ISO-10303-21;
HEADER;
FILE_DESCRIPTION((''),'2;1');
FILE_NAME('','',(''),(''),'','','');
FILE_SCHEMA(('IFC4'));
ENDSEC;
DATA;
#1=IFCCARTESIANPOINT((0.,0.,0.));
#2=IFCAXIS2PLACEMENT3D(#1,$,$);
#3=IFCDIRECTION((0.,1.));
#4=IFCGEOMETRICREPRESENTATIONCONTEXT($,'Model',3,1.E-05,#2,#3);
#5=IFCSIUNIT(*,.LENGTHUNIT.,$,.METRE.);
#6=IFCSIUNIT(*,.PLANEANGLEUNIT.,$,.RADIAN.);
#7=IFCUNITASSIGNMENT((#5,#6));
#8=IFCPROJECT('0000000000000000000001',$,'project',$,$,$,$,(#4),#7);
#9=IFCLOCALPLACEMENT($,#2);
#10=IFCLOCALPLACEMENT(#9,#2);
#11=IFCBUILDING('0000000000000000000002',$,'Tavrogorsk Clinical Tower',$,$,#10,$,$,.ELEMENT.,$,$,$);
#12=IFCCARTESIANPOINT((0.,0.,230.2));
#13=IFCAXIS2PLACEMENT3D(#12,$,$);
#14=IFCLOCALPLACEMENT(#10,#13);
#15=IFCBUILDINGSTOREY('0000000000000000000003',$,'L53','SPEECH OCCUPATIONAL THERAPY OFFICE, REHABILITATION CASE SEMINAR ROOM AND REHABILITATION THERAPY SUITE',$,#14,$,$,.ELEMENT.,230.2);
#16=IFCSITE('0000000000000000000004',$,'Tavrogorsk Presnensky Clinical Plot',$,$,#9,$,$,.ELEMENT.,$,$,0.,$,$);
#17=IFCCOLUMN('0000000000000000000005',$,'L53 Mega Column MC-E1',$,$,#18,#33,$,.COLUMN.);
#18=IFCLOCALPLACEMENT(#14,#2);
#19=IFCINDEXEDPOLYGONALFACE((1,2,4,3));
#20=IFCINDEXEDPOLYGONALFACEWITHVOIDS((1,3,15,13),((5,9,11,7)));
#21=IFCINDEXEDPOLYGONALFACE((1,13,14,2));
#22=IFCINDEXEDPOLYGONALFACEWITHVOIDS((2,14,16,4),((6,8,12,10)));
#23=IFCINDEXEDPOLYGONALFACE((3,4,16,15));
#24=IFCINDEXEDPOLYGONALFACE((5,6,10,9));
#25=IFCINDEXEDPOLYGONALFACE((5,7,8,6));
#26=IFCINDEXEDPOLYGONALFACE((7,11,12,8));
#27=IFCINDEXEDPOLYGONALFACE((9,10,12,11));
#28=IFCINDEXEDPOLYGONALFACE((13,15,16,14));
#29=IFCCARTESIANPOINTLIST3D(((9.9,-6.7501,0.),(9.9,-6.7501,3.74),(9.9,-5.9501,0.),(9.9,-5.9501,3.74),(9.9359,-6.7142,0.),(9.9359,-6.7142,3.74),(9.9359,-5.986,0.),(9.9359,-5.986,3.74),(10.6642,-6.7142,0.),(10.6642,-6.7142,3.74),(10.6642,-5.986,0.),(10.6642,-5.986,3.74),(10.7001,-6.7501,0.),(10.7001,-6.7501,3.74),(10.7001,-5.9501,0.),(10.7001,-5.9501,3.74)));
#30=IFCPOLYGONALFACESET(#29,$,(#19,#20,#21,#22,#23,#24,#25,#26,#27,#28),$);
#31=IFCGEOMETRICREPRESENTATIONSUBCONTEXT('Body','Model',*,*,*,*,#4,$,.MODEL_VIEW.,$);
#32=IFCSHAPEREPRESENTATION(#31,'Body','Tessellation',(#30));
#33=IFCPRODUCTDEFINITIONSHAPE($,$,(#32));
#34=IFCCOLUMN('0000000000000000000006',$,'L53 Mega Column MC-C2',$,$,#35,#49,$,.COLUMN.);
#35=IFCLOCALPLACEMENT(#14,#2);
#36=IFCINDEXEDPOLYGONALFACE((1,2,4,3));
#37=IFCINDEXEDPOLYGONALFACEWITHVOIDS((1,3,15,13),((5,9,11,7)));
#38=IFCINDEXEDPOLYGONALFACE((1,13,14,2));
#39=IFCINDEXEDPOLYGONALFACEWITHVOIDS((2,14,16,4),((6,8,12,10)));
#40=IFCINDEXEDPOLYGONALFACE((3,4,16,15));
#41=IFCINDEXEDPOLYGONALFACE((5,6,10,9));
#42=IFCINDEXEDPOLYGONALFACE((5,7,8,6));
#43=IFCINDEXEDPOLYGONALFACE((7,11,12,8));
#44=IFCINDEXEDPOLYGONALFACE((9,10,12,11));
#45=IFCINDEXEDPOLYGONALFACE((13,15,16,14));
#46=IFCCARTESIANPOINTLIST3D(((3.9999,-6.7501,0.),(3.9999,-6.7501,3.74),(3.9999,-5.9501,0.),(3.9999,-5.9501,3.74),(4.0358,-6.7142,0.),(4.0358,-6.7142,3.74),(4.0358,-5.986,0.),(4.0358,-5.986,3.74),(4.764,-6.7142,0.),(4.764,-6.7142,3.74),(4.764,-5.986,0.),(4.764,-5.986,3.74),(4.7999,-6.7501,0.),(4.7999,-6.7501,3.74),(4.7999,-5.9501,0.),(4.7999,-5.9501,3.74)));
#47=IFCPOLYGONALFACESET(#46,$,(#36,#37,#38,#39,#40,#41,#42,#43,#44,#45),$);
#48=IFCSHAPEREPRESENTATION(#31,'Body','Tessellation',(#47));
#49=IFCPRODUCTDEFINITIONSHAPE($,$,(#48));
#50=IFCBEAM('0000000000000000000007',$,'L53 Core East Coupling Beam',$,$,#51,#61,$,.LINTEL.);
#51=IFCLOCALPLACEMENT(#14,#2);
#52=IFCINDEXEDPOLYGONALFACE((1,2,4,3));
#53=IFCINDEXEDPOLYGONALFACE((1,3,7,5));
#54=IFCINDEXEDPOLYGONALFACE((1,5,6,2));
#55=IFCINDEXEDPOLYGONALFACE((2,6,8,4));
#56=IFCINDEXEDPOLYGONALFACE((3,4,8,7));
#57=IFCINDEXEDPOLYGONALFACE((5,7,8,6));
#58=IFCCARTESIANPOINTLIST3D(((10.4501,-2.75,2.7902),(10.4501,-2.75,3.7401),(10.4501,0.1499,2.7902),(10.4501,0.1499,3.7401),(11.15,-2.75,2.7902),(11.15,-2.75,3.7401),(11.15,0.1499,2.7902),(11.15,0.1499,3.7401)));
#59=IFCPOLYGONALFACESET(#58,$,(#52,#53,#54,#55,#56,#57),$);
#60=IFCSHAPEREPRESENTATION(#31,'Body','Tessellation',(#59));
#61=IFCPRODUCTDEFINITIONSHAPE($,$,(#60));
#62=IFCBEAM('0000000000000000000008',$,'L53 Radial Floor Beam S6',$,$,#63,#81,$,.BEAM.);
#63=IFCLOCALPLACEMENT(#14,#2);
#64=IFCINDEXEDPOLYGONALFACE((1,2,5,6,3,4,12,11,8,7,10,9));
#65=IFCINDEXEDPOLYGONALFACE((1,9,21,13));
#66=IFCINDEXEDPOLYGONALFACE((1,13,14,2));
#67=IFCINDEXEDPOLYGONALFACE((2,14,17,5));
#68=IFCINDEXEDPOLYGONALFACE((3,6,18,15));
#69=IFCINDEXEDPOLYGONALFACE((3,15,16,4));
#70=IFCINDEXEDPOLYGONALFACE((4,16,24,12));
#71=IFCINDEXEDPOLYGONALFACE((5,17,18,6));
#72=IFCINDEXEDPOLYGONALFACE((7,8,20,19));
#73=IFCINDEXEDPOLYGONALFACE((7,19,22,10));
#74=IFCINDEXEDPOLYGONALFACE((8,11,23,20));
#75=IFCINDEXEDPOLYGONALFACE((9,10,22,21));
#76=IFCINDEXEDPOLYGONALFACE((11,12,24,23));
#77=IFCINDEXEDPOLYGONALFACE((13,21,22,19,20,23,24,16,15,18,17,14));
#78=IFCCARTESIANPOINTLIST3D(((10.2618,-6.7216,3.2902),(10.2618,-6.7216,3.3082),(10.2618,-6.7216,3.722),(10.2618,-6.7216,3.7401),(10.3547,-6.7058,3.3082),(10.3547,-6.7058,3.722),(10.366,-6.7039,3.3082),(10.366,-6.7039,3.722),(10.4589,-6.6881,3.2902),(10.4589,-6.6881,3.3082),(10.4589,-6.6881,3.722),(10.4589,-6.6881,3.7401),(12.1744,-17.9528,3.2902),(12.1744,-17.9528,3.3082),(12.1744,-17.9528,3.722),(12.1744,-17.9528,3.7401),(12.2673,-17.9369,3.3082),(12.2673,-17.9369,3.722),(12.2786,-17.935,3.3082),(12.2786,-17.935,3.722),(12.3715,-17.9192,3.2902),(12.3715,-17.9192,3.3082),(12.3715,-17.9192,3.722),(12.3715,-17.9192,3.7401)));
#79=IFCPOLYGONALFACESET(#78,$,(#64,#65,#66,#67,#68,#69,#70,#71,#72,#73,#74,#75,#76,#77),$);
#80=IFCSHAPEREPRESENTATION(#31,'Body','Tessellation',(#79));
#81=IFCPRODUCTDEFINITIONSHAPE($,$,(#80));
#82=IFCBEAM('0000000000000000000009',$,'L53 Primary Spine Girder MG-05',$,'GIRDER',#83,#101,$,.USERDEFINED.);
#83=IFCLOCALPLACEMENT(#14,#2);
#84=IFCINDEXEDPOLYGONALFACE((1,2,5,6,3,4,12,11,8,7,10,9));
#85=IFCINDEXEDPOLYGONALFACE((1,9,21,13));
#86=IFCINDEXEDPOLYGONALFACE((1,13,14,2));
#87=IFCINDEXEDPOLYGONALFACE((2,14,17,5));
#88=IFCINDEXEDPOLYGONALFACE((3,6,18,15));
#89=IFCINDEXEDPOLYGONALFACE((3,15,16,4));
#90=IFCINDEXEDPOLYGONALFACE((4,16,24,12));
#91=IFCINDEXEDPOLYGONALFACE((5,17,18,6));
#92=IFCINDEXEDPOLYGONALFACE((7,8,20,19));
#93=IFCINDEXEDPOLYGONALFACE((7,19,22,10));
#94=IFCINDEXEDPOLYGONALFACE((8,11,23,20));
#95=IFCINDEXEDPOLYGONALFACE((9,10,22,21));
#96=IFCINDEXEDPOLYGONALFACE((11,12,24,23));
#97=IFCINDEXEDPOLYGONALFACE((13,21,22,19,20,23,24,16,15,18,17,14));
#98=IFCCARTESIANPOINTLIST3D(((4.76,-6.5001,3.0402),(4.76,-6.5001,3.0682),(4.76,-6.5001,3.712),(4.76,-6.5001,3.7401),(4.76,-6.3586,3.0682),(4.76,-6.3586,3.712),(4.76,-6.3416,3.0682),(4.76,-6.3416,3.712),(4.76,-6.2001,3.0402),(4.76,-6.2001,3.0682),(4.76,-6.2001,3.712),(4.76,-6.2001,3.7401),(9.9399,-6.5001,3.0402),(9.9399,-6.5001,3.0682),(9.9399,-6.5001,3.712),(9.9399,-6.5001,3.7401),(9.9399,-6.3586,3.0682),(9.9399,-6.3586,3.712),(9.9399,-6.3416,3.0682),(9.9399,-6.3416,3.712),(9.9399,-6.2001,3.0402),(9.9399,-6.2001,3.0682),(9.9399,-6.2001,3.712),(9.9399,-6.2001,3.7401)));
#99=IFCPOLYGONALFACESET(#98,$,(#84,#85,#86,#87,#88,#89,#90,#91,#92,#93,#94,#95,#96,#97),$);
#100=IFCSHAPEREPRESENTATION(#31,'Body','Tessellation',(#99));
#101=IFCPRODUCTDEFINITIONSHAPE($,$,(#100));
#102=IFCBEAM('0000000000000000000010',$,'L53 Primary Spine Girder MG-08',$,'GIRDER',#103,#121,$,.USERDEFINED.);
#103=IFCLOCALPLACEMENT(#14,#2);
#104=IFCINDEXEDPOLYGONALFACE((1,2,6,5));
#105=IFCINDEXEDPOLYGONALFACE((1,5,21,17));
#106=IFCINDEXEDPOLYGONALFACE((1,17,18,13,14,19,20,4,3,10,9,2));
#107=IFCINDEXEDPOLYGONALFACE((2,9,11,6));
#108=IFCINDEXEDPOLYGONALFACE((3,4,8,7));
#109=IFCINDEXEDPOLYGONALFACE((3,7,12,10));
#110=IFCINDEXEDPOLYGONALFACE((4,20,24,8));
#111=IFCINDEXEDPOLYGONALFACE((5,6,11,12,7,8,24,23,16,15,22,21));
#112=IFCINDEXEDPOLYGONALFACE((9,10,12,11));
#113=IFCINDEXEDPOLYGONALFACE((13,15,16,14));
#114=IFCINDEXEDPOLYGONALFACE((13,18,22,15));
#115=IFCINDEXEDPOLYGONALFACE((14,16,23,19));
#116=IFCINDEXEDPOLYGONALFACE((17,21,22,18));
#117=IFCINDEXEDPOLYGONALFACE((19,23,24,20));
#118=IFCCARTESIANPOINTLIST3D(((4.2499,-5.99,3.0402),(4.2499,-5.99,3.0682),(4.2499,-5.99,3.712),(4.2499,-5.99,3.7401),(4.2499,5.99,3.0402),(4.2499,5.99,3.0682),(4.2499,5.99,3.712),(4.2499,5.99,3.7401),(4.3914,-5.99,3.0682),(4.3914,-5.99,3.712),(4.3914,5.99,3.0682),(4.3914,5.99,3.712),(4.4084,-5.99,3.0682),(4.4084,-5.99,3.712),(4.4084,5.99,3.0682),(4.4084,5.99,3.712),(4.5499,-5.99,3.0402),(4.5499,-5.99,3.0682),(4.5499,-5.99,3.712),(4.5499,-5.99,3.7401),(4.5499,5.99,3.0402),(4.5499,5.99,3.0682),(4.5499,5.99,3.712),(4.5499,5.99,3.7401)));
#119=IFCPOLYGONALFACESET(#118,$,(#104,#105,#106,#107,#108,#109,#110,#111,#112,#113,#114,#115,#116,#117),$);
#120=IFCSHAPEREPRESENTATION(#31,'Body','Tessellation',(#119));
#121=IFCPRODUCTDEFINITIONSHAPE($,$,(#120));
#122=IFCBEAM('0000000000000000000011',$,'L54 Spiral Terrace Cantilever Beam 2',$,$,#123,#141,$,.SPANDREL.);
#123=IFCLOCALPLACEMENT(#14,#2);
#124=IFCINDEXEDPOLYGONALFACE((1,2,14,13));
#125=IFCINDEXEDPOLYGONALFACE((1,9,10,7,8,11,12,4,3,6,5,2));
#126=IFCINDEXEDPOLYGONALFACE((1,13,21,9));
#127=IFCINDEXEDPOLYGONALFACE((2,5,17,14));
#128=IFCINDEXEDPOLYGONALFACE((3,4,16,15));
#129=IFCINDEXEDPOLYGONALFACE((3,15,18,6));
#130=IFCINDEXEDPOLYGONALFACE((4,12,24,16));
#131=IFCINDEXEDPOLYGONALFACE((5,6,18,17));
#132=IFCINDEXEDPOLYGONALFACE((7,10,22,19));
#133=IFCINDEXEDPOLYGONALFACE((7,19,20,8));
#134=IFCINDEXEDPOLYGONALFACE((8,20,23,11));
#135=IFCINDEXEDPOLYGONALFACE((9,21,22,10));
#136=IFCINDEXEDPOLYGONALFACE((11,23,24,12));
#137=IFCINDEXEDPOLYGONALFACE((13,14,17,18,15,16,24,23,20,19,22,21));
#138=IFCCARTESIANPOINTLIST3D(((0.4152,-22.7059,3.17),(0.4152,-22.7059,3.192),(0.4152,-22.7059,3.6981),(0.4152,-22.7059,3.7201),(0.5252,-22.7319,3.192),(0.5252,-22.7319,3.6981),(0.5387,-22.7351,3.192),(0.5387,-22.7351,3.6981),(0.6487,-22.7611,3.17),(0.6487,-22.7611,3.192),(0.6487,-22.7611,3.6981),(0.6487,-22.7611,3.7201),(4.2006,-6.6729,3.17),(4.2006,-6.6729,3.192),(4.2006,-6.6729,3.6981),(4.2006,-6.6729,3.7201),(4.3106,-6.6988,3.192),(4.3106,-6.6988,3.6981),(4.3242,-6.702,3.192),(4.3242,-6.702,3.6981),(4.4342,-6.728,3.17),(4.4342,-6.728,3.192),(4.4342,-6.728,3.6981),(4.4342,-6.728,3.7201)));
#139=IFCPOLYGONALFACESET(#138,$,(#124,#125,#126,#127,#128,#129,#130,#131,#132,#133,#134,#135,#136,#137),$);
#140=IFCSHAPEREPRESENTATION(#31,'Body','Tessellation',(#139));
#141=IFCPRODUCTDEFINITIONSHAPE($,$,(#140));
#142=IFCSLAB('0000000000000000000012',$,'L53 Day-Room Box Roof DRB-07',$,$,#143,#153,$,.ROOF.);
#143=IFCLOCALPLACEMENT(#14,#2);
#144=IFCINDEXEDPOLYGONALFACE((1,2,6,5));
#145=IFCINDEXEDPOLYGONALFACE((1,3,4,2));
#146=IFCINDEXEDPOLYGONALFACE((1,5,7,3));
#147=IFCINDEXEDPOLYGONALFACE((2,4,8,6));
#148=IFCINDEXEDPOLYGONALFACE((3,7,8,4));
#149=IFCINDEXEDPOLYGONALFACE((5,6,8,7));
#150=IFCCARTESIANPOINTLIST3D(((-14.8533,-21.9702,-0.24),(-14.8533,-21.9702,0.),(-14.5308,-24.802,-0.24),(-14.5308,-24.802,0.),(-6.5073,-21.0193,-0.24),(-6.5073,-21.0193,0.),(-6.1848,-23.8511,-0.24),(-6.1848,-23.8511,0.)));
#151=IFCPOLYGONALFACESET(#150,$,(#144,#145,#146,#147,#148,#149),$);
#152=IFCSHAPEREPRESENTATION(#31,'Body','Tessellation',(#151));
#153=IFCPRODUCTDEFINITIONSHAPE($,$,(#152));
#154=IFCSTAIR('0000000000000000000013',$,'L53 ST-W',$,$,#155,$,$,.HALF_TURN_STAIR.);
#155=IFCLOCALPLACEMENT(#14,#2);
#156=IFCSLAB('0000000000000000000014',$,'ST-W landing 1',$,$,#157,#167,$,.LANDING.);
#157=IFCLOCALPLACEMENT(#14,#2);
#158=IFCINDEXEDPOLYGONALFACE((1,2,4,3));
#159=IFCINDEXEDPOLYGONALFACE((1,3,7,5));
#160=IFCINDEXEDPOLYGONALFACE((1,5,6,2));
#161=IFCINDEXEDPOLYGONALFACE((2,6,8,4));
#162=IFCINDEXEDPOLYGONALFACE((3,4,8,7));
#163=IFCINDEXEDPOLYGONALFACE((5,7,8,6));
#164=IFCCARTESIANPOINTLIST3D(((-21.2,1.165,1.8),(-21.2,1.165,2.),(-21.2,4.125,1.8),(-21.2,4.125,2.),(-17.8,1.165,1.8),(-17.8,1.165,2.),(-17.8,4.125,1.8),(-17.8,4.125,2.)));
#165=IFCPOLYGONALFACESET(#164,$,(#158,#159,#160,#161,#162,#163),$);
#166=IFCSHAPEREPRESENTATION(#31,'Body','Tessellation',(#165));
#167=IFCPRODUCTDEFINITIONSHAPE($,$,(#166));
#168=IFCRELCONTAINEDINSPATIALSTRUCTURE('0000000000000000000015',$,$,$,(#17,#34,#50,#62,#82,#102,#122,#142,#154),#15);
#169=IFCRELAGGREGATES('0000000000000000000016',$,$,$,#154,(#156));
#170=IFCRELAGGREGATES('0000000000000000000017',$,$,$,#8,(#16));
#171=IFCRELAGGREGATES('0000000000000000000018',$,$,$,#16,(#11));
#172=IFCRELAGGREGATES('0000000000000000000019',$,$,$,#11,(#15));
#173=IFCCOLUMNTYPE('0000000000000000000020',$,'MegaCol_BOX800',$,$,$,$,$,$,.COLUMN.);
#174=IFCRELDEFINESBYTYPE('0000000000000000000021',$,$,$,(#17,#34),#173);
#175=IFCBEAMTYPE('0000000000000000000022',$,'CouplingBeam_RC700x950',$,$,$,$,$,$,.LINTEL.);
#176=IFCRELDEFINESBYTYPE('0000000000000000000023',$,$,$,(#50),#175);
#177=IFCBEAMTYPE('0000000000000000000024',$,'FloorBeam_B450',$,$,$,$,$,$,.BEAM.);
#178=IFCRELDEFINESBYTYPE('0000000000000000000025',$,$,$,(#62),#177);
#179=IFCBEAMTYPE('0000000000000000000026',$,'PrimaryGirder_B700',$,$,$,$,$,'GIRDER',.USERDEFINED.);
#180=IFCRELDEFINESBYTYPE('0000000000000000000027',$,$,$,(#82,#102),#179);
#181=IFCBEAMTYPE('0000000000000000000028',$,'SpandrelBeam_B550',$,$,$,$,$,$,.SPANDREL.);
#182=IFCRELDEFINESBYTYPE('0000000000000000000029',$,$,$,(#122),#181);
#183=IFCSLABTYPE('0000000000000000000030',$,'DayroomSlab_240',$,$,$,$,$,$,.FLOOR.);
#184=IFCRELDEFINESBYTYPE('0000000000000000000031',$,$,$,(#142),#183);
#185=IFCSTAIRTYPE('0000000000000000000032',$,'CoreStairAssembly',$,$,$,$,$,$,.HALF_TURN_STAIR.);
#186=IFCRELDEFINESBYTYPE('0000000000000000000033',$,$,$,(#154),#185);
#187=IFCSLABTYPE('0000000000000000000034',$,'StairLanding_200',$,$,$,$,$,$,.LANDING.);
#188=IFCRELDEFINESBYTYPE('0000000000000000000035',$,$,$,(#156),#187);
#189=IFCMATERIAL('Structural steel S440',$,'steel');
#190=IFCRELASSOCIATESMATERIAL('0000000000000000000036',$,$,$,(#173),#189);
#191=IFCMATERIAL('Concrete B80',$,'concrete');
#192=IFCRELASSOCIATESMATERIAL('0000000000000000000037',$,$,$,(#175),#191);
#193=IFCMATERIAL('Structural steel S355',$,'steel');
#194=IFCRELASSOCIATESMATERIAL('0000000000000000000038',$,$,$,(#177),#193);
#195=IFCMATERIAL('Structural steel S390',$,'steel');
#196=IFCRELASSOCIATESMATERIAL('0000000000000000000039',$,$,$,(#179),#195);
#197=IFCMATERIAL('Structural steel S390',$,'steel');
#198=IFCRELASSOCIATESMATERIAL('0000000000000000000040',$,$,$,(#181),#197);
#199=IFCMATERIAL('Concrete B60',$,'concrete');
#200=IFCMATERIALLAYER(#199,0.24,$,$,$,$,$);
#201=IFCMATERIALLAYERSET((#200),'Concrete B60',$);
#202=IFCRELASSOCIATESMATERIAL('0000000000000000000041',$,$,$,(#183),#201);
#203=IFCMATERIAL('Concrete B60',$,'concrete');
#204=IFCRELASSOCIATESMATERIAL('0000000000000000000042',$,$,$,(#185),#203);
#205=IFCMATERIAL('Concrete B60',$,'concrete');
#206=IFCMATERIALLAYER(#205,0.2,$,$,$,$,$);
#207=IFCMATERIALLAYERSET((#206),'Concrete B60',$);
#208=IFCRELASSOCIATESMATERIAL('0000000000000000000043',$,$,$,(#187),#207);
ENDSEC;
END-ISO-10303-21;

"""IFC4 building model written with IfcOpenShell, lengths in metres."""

from ifc_helpers import new_model, si_unit, direction, frame, origin, origin_2d, place, context, subcontext, project, spatial, polyline, rectangle, hollow_rectangle, i_section, outline, extrude, material, layer, layer_set, material_profile, profile_set, type_object, element, aggregate, save


model = new_model("IFC4")

# Units and contexts
model_context = context("Model", 3, precision=1e-05, world=origin(), true_north=direction((0.0, 1.0)))
body_context = subcontext(model_context, "Body", "Model", "MODEL_VIEW")
ifc_project = project(units=[si_unit("LENGTHUNIT", "METRE"), si_unit("PLANEANGLEUNIT", "RADIAN")], contexts=[model_context])

# Site, building, storey
site_placement = place(None, origin())
site = spatial("IfcSite", under=ifc_project, at=site_placement, Name="Tavrogorsk Presnensky Clinical Plot", CompositionType="ELEMENT", RefElevation=0.0)
building_placement = place(site_placement, origin())
building = spatial("IfcBuilding", under=site, at=building_placement, Name="Tavrogorsk Clinical Tower", CompositionType="ELEMENT")
storey_placement = place(building_placement, frame((0.0, 0.0, 230.2)))
storey = spatial("IfcBuildingStorey", under=building, at=storey_placement, Name="L53", Description="SPEECH OCCUPATIONAL THERAPY OFFICE, REHABILITATION CASE SEMINAR ROOM AND REHABILITATION THERAPY SUITE", CompositionType="ELEMENT", Elevation=230.2)

# Columns
ifc_material_1 = material(Name="Structural steel S440", Category="steel")
ifc_material_profile_1 = material_profile(ifc_material_1, hollow_rectangle(XDim=0.8, YDim=0.8, WallThickness=0.0359, at=origin_2d()), Name="BOX-800x800x36")
ifc_profile_set_1 = profile_set([ifc_material_profile_1], Name="Structural steel S440")
column_type = type_object("IfcColumnType", Name="MegaCol_BOX800", PredefinedType="COLUMN", material=ifc_profile_set_1)
for number, where, z_axis, x_axis, name in (
    (1, (10.3, -6.3501, 0.0), (0.0, 0.0, 1.0), (1.0, 0.0, 0.0), "L53 Mega Column MC-E1"),
    (2, (4.3999, -6.3501, 0.0), (0.0, 0.0, 1.0), (1.0, 0.0, 0.0), "L53 Mega Column MC-C2"),
):
    element("IfcColumn", number, at=place(storey_placement, frame(where, z_axis=z_axis, x_axis=x_axis)), inside=storey, type_object=column_type, Name=name, PredefinedType="COLUMN", context=body_context, shape_type="SweptSolid", body=[
        extrude(hollow_rectangle(XDim=0.8, YDim=0.8, WallThickness=0.0359, at=origin_2d()), origin(), (0.0, 0.0, 1.0), 3.74),
    ])

# Beams
ifc_material_2 = material(Name="Concrete B80", Category="concrete")
ifc_material_profile_2 = material_profile(ifc_material_2, rectangle(XDim=0.7, YDim=0.95, at=origin_2d()), Name="RC-CB-700x950")
ifc_profile_set_2 = profile_set([ifc_material_profile_2], Name="Concrete B80")
beam_type_1 = type_object("IfcBeamType", Name="CouplingBeam_RC700x950", PredefinedType="LINTEL", material=ifc_profile_set_2)
beam_1_placement = place(storey_placement, frame((10.8, -2.75, 3.2651), z_axis=(0.0, 1.0, 0.0), x_axis=(-1.0, 0.0, 0.0)))
element("IfcBeam", 3, at=beam_1_placement, inside=storey, type_object=beam_type_1, Name="L53 Core East Coupling Beam", PredefinedType="LINTEL", context=body_context, shape_type="SweptSolid", body=[
    extrude(rectangle(XDim=0.7, YDim=0.95, at=origin_2d()), origin(), (0.0, 0.0, 1.0), 2.8999),
])
ifc_material_3 = material(Name="Structural steel S355", Category="steel")
ifc_material_profile_3 = material_profile(ifc_material_3, i_section(OverallWidth=0.2, OverallDepth=0.45, WebThickness=0.0115, FlangeThickness=0.0181, at=origin_2d()), Name="B-450x200x11.5x18")
ifc_profile_set_3 = profile_set([ifc_material_profile_3], Name="Structural steel S355")
beam_type_2 = type_object("IfcBeamType", Name="FloorBeam_B450", PredefinedType="BEAM", material=ifc_profile_set_3)
beam_2_placement = place(storey_placement, frame((10.3604, -6.7048, 3.5151), z_axis=(0.167876, -0.985808, 0.0), x_axis=(0.985808, 0.167876, 0.0)))
element("IfcBeam", 4, at=beam_2_placement, inside=storey, type_object=beam_type_2, Name="L53 Radial Floor Beam S6", PredefinedType="BEAM", context=body_context, shape_type="SweptSolid", body=[
    extrude(i_section(OverallWidth=0.2, OverallDepth=0.45, WebThickness=0.0115, FlangeThickness=0.0181, at=origin_2d()), origin(), (0.0, 0.0, 1.0), 11.3928),
])
ifc_material_4 = material(Name="Structural steel S390", Category="steel")
ifc_material_profile_4 = material_profile(ifc_material_4, i_section(OverallWidth=0.3, OverallDepth=0.7, WebThickness=0.0171, FlangeThickness=0.0281, at=origin_2d()), Name="B-700x300x17x28")
ifc_profile_set_4 = profile_set([ifc_material_profile_4], Name="Structural steel S390")
beam_type_3 = type_object("IfcBeamType", Name="PrimaryGirder_B700", ElementType="GIRDER", PredefinedType="USERDEFINED", material=ifc_profile_set_4)
beam_3_placement = place(storey_placement, frame((4.76, -6.3501, 3.3901), z_axis=(1.0, 0.0, 0.0), x_axis=(0.0, 1.0, 0.0)))
element("IfcBeam", 5, at=beam_3_placement, inside=storey, type_object=beam_type_3, Name="L53 Primary Spine Girder MG-05", ObjectType="GIRDER", PredefinedType="USERDEFINED", context=body_context, shape_type="SweptSolid", body=[
    extrude(i_section(OverallWidth=0.3, OverallDepth=0.7, WebThickness=0.0171, FlangeThickness=0.0281, at=origin_2d()), origin(), (0.0, 0.0, 1.0), 5.1799),
])
beam_4_placement = place(storey_placement, frame((4.3999, -5.99, 3.3901), z_axis=(0.0, 1.0, 0.0), x_axis=(-1.0, 0.0, 0.0)))
element("IfcBeam", 6, at=beam_4_placement, inside=storey, type_object=beam_type_3, Name="L53 Primary Spine Girder MG-08", ObjectType="GIRDER", PredefinedType="USERDEFINED", context=body_context, shape_type="SweptSolid", body=[
    extrude(i_section(OverallWidth=0.3, OverallDepth=0.7, WebThickness=0.0171, FlangeThickness=0.0281, at=origin_2d()), origin(), (0.0, 0.0, 1.0), 11.98),
])
ifc_material_5 = material(Name="Structural steel S390", Category="steel")
ifc_material_profile_5 = material_profile(ifc_material_5, i_section(OverallWidth=0.24, OverallDepth=0.55, WebThickness=0.0139, FlangeThickness=0.022, at=origin_2d()), Name="B-550x240x14x22")
ifc_profile_set_5 = profile_set([ifc_material_profile_5], Name="Structural steel S390")
beam_type_4 = type_object("IfcBeamType", Name="SpandrelBeam_B550", PredefinedType="SPANDREL", material=ifc_profile_set_5)
beam_5_placement = place(storey_placement, frame((4.3174, -6.7004, 3.4451), z_axis=(-0.229784, -0.973242, 0.0), x_axis=(0.973242, -0.229784, 0.0)))
element("IfcBeam", 7, at=beam_5_placement, inside=storey, type_object=beam_type_4, Name="L54 Spiral Terrace Cantilever Beam 2", PredefinedType="SPANDREL", context=body_context, shape_type="SweptSolid", body=[
    extrude(i_section(OverallWidth=0.24, OverallDepth=0.55, WebThickness=0.0139, FlangeThickness=0.022, at=origin_2d()), origin(), (0.0, 0.0, 1.0), 16.4739),
])

# Slab
ifc_material_6 = material(Name="Concrete B60", Category="concrete")
ifc_layer_1 = layer(ifc_material_6, 0.24)
ifc_layer_set_1 = layer_set([ifc_layer_1], Name="Concrete B60")
slab_type_1 = type_object("IfcSlabType", Name="DayroomSlab_240", PredefinedType="FLOOR", material=ifc_layer_set_1)
slab_1_placement = place(storey_placement, frame((0.0, 0.0, -0.24)))
element("IfcSlab", 8, at=slab_1_placement, inside=storey, type_object=slab_type_1, Name="L53 Day-Room Box Roof DRB-07", PredefinedType="ROOF", context=body_context, shape_type="SweptSolid", body=[
    extrude(outline(polyline([(-6.1848, -23.8511), (-14.5308, -24.802), (-14.8533, -21.9702), (-6.5073, -21.0193), (-6.1848, -23.8511)])), origin(), (0.0, 0.0, 1.0), 0.24),
])

# Stair, slab
ifc_material_7 = material(Name="Concrete B60", Category="concrete")
stair_type = type_object("IfcStairType", Name="CoreStairAssembly", PredefinedType="HALF_TURN_STAIR", material=ifc_material_7)
stair_placement = place(storey_placement, origin())
stair = element("IfcStair", 9, at=stair_placement, inside=storey, type_object=stair_type, Name="L53 ST-W", PredefinedType="HALF_TURN_STAIR")
ifc_material_8 = material(Name="Concrete B60", Category="concrete")
ifc_layer_2 = layer(ifc_material_8, 0.2)
ifc_layer_set_2 = layer_set([ifc_layer_2], Name="Concrete B60")
slab_type_2 = type_object("IfcSlabType", Name="StairLanding_200", PredefinedType="LANDING", material=ifc_layer_set_2)
slab_2_placement = place(storey_placement, frame((0.0, 0.0, 1.8)))
slab_2 = element("IfcSlab", 10, at=slab_2_placement, type_object=slab_type_2, Name="ST-W landing 1", PredefinedType="LANDING", context=body_context, shape_type="SweptSolid", body=[
    extrude(outline(polyline([(-17.8, 1.165), (-17.8, 4.125), (-21.2, 4.125), (-21.2, 1.165), (-17.8, 1.165)])), origin(), (0.0, 0.0, 1.0), 0.2),
])
aggregate(stair, [slab_2])

save(model, "model.ifc")
